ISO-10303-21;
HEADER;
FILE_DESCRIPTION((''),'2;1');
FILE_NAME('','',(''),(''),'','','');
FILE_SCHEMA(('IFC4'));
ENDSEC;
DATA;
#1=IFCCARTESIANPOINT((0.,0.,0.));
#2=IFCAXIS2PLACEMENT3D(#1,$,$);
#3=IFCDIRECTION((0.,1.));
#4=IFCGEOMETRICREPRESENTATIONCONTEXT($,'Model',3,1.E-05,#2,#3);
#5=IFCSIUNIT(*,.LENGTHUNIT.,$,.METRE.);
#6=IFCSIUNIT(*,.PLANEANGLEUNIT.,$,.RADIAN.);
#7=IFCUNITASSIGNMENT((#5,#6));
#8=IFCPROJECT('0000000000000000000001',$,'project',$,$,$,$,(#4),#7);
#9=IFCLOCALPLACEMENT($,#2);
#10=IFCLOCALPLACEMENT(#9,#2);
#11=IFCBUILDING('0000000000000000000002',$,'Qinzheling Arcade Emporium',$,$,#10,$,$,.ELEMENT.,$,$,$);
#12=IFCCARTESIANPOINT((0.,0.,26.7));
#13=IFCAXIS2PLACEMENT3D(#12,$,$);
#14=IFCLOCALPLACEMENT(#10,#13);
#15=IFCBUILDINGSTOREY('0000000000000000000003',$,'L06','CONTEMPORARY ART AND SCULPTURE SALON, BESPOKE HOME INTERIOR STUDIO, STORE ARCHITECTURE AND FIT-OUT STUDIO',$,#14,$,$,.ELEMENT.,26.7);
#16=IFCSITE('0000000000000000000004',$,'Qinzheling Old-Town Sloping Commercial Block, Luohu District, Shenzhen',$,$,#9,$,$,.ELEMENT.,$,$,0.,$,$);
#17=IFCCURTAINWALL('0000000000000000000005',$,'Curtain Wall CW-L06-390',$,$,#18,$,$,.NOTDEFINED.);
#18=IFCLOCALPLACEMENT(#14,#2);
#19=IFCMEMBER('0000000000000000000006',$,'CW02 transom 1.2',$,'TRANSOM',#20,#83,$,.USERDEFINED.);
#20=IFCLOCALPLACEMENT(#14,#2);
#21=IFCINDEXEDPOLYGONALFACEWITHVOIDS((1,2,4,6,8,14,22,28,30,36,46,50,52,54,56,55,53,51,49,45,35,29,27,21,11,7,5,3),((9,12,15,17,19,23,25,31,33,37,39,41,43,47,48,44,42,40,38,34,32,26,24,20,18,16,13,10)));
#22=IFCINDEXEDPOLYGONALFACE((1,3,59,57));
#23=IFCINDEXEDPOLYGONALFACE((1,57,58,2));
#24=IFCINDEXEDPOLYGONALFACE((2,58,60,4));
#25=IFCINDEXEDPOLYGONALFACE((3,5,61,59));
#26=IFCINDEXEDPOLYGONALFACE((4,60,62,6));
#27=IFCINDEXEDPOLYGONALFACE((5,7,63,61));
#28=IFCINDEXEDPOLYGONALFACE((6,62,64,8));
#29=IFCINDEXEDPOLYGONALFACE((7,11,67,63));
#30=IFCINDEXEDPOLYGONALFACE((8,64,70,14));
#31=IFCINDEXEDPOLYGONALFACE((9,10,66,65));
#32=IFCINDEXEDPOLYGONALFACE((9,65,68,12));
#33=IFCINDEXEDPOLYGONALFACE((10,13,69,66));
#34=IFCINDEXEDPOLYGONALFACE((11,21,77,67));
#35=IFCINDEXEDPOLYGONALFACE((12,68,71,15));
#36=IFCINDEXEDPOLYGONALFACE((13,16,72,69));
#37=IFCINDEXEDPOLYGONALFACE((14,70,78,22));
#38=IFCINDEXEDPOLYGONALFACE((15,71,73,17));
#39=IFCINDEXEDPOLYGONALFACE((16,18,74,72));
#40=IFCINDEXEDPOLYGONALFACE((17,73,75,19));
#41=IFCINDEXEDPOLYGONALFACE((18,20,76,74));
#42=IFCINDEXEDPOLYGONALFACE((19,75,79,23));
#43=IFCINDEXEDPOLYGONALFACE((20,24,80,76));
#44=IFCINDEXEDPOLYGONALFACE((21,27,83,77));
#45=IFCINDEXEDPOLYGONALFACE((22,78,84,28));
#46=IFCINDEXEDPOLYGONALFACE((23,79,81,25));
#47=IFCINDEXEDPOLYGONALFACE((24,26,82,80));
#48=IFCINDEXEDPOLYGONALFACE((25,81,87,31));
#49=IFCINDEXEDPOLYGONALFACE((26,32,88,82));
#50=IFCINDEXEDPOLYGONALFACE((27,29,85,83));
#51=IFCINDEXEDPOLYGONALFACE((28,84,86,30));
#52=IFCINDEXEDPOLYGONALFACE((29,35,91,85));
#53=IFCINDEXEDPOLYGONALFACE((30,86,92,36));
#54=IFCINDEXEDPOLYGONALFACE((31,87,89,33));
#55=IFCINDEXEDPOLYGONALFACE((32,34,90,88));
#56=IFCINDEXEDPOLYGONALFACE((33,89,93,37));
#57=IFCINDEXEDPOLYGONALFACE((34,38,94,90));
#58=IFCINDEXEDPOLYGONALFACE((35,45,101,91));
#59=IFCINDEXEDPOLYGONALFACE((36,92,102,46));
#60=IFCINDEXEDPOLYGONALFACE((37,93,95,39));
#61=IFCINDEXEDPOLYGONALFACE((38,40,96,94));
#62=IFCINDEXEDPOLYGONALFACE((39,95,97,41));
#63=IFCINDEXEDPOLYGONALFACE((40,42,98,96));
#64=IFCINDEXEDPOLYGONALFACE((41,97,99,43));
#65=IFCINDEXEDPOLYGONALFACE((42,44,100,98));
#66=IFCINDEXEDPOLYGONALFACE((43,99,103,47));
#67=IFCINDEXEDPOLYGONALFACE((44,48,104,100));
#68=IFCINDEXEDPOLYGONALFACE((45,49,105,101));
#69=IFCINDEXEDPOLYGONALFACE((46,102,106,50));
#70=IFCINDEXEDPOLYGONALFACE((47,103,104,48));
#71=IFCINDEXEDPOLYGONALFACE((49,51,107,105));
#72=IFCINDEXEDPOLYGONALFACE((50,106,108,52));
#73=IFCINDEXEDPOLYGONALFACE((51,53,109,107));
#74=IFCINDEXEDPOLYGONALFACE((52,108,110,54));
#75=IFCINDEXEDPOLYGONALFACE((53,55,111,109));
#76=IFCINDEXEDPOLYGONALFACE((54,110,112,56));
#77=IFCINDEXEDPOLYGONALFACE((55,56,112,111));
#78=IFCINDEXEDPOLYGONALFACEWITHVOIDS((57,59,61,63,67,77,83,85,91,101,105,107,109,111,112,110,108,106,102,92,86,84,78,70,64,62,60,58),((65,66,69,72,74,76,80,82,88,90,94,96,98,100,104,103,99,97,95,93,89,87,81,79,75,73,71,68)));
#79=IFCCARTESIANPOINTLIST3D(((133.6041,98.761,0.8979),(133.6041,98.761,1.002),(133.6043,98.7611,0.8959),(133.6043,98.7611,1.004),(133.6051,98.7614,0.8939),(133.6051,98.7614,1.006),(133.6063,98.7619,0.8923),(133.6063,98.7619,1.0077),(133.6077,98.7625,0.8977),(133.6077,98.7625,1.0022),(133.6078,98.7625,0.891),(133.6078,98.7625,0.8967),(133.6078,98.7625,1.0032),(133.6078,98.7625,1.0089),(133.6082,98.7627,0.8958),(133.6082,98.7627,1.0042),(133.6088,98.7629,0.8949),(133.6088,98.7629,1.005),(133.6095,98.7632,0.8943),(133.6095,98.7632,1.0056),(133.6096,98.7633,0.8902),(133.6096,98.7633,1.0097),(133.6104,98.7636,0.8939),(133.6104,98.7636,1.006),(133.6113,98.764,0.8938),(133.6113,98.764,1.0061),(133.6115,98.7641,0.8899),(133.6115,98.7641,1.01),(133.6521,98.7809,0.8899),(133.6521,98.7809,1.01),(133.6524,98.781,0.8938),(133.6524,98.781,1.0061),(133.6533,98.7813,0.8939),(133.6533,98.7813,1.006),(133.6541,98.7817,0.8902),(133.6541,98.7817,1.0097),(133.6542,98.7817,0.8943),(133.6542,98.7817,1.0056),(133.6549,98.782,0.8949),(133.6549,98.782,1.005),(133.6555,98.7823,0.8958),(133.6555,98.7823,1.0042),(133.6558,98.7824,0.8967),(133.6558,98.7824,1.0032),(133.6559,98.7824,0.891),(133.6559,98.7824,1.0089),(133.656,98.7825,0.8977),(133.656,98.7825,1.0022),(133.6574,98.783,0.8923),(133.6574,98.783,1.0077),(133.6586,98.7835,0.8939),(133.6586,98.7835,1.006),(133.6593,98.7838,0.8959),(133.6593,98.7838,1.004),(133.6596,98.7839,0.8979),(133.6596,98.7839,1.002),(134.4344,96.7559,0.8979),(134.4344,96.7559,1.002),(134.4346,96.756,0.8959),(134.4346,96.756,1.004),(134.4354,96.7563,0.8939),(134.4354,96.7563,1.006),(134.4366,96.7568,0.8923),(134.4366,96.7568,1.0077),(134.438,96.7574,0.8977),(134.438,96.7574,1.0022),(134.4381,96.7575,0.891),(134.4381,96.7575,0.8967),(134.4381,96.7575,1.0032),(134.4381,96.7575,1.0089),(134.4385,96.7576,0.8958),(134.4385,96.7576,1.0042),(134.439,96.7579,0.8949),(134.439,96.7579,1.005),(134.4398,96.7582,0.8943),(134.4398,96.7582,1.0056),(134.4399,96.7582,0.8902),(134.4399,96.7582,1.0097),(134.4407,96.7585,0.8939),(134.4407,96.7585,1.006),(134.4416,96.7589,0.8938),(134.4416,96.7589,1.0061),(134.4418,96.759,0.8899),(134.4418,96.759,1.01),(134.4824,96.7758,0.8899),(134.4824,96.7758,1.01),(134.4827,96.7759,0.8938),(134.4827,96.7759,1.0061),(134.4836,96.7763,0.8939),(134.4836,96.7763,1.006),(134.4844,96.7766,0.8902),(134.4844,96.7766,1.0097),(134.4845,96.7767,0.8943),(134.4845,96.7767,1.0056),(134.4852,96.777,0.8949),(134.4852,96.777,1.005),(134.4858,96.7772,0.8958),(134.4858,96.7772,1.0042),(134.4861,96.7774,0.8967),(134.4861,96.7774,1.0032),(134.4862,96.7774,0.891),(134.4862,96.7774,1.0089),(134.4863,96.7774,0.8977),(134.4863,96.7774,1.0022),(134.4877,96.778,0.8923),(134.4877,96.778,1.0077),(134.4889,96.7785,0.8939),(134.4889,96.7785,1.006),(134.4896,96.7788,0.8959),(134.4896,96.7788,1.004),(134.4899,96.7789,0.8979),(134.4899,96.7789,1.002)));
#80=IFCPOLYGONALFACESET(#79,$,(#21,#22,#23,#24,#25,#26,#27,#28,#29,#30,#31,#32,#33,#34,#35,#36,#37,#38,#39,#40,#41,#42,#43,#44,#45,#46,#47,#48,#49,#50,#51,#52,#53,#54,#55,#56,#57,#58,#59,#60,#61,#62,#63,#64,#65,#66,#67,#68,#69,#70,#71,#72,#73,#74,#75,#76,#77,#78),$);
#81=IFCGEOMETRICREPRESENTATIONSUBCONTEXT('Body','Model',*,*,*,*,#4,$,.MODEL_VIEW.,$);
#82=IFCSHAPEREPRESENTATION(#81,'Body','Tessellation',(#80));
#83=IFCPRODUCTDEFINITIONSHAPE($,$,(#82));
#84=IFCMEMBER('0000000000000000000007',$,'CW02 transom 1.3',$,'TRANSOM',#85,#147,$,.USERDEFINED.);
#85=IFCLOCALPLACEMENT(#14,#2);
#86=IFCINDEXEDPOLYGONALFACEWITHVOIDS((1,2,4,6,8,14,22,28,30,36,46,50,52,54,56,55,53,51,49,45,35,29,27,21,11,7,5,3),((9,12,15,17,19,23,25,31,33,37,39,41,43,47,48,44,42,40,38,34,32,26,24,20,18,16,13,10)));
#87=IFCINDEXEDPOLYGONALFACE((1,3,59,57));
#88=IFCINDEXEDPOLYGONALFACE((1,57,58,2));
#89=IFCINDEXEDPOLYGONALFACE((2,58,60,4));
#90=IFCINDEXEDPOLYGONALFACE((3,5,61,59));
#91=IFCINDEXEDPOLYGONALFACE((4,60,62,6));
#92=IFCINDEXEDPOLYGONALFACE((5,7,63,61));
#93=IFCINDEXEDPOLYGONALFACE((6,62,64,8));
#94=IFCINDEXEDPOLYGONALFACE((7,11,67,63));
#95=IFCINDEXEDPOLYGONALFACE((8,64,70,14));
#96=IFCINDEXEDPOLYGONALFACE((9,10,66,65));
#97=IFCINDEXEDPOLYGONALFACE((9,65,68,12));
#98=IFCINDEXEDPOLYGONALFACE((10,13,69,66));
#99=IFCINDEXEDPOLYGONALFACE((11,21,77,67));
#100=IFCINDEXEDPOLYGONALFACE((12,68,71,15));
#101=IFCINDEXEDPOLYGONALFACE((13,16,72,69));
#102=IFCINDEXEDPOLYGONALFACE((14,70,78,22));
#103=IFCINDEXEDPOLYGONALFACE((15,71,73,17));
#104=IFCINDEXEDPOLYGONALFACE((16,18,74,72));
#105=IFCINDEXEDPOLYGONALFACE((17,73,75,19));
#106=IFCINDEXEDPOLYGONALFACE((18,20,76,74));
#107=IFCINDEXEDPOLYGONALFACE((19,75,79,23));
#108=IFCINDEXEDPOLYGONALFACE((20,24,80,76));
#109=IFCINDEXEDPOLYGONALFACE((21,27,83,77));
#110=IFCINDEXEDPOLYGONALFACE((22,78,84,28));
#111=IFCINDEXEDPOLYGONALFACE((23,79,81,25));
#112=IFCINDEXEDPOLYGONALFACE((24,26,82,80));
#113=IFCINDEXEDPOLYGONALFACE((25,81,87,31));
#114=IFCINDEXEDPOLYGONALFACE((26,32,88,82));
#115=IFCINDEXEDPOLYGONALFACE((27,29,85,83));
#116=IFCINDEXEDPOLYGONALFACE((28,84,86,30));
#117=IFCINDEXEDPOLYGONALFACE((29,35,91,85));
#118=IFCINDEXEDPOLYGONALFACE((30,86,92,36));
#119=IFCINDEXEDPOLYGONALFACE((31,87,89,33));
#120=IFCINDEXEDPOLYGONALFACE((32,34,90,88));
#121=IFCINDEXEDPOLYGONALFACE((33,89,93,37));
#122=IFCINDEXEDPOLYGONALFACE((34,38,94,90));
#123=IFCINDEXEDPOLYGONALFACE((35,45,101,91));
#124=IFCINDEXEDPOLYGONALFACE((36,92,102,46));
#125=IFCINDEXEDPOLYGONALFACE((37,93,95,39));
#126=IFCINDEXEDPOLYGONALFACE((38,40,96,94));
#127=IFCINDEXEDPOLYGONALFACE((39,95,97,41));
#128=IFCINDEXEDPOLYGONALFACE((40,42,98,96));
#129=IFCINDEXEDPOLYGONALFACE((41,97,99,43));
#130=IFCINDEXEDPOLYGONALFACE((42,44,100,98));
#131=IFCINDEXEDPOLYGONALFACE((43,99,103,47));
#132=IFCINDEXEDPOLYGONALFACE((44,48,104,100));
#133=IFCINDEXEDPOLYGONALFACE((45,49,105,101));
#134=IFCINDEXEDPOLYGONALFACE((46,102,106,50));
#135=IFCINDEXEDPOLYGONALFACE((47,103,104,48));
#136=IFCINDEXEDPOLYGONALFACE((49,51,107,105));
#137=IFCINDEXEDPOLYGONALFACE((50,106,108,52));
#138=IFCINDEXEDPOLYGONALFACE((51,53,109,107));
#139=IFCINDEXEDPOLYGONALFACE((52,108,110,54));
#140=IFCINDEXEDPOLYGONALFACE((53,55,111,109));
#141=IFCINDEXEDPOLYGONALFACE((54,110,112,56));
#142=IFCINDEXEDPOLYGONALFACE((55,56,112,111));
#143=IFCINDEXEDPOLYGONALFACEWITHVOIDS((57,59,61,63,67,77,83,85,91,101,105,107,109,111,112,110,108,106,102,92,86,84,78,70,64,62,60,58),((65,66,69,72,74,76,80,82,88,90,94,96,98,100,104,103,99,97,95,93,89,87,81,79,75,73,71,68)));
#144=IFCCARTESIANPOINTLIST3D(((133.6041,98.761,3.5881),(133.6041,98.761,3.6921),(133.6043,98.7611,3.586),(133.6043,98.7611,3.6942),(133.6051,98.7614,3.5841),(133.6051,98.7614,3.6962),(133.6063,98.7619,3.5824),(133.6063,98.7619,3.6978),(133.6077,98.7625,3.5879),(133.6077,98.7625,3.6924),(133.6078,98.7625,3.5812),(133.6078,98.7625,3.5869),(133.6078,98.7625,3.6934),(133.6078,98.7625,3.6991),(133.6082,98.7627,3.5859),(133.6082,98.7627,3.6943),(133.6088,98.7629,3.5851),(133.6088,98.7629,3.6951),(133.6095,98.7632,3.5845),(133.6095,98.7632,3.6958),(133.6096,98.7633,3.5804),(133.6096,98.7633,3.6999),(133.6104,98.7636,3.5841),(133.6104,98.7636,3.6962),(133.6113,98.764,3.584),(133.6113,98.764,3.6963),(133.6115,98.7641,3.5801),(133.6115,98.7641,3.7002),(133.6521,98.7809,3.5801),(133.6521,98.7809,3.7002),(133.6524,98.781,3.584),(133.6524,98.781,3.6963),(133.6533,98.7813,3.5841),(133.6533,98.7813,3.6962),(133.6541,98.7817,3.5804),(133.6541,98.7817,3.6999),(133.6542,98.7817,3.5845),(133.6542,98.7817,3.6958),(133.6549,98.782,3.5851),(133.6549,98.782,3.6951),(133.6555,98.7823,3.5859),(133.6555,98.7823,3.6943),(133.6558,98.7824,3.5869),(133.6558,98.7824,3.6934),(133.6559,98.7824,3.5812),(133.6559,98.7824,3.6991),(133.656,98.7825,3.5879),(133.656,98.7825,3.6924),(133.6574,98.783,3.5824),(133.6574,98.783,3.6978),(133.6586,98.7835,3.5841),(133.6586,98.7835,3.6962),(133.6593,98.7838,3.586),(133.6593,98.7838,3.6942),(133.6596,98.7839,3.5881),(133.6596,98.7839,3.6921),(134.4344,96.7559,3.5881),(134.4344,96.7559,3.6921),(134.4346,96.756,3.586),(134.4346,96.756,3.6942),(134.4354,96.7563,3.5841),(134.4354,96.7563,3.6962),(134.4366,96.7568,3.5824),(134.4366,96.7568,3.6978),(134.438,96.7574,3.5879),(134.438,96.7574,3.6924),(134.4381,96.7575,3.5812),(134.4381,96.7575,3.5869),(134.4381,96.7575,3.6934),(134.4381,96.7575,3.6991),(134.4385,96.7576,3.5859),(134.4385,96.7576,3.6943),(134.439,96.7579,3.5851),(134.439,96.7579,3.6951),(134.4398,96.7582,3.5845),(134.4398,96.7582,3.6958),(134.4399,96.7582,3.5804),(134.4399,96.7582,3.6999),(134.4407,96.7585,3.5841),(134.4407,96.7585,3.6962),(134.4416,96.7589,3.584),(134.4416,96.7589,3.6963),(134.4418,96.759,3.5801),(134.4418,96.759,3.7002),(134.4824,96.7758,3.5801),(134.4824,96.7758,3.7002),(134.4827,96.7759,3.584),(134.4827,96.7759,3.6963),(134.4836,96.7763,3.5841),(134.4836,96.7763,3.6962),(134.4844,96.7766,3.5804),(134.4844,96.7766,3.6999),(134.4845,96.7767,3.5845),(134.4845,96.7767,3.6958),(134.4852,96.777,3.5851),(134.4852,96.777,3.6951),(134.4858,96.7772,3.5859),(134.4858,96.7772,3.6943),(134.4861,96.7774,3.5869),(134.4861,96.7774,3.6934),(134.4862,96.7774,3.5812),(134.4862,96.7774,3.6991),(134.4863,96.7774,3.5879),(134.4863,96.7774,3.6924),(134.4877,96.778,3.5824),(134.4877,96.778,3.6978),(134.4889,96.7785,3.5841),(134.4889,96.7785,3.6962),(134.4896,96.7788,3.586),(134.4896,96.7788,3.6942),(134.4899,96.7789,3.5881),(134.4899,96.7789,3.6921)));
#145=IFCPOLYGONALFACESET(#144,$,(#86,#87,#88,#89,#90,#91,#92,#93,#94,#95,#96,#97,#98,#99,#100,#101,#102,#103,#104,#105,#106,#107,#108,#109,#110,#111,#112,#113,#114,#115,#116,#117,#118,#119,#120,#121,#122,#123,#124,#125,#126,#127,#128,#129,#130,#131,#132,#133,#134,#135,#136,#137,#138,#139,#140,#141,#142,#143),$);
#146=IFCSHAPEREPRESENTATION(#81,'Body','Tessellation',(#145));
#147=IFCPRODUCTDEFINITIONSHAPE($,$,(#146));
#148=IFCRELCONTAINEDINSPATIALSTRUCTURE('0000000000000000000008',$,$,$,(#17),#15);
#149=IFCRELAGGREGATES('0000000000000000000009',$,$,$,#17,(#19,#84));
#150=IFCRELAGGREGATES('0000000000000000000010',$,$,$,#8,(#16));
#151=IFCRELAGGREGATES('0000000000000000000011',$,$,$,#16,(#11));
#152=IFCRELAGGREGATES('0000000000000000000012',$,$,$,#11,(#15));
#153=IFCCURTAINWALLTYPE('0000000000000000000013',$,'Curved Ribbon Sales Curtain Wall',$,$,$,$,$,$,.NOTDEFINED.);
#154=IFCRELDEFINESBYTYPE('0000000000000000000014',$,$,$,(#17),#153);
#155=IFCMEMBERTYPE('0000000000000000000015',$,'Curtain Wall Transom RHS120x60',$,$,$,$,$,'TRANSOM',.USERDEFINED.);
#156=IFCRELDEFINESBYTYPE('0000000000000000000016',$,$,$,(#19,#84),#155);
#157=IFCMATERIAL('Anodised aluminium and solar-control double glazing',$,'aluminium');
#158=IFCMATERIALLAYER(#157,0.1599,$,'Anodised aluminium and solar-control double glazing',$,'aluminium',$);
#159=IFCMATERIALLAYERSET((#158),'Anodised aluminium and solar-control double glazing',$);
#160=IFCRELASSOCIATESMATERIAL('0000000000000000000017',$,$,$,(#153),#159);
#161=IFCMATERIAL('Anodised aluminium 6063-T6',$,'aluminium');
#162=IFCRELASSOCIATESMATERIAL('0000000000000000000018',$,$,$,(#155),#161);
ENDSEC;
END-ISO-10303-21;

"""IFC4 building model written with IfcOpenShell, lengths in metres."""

from ifc_helpers import new_model, si_unit, direction, frame, origin, origin_2d, place, context, subcontext, project, spatial, hollow_rectangle, extrude, material, layer, layer_set, material_profile, profile_set, type_object, element, aggregate, save


model = new_model("IFC4")

# Units and contexts
model_context = context("Model", 3, precision=1e-05, world=origin(), true_north=direction((0.0, 1.0)))
body_context = subcontext(model_context, "Body", "Model", "MODEL_VIEW")
ifc_project = project(units=[si_unit("LENGTHUNIT", "METRE"), si_unit("PLANEANGLEUNIT", "RADIAN")], contexts=[model_context])

# Site, building, storey
site_placement = place(None, origin())
site = spatial("IfcSite", under=ifc_project, at=site_placement, Name="Qinzheling Old-Town Sloping Commercial Block, Luohu District, Shenzhen", CompositionType="ELEMENT", RefElevation=0.0)
building_placement = place(site_placement, origin())
building = spatial("IfcBuilding", under=site, at=building_placement, Name="Qinzheling Arcade Emporium", CompositionType="ELEMENT")
storey_placement = place(building_placement, frame((0.0, 0.0, 26.7)))
storey = spatial("IfcBuildingStorey", under=building, at=storey_placement, Name="L06", Description="CONTEMPORARY ART AND SCULPTURE SALON, BESPOKE HOME INTERIOR STUDIO, STORE ARCHITECTURE AND FIT-OUT STUDIO", CompositionType="ELEMENT", Elevation=26.7)

# Curtain wall
ifc_material_1 = material(Name="Anodised aluminium and solar-control double glazing", Category="aluminium")
ifc_layer_1 = layer(ifc_material_1, 0.1599, Name="Anodised aluminium and solar-control double glazing", Category="aluminium")
ifc_layer_set_1 = layer_set([ifc_layer_1], Name="Anodised aluminium and solar-control double glazing")
curtain_wall_type_1 = type_object("IfcCurtainWallType", Name="Curved Ribbon Sales Curtain Wall", PredefinedType="NOTDEFINED", material=ifc_layer_set_1)
curtain_wall_1_placement = place(storey_placement, origin())
curtain_wall_1 = element("IfcCurtainWall", 1, at=curtain_wall_1_placement, inside=storey, type_object=curtain_wall_type_1, Name="Curtain Wall CW-L06-390", PredefinedType="NOTDEFINED")
ifc_material_2 = material(Name="Anodised aluminium 6063-T6", Category="aluminium")

# Members
ifc_material_profile_1 = material_profile(ifc_material_2, hollow_rectangle(XDim=0.0601, YDim=0.1201, WallThickness=0.0039, InnerFilletRadius=0.0039, OuterFilletRadius=0.0081, at=origin_2d()), Name="RHS 120x60x4", Category="aluminium")
ifc_profile_set_1 = profile_set([ifc_material_profile_1], Name="Anodised aluminium 6063-T6")
member_type_1 = type_object("IfcMemberType", Name="Curtain Wall Transom RHS120x60", ElementType="TRANSOM", PredefinedType="USERDEFINED", material=ifc_profile_set_1)
member_1_placement = place(storey_placement, frame((133.6318, 98.7725, 0.95), z_axis=(0.382594, -0.923917, 0.0), x_axis=(0.923917, 0.382594, 0.0)))
member_1 = element("IfcMember", 2, at=member_1_placement, type_object=member_type_1, Name="CW02 transom 1.2", ObjectType="TRANSOM", PredefinedType="USERDEFINED", context=body_context, shape_type="SweptSolid", body=[
    extrude(hollow_rectangle(XDim=0.0601, YDim=0.1201, WallThickness=0.0039, InnerFilletRadius=0.0039, OuterFilletRadius=0.0081, at=origin_2d()), origin(), (0.0, 0.0, 1.0), 2.1702),
])
member_2_placement = place(storey_placement, frame((133.6318, 98.7725, 3.6401), z_axis=(0.382594, -0.923917, 0.0), x_axis=(0.923917, 0.382594, 0.0)))
member_2 = element("IfcMember", 3, at=member_2_placement, type_object=member_type_1, Name="CW02 transom 1.3", ObjectType="TRANSOM", PredefinedType="USERDEFINED", context=body_context, shape_type="SweptSolid", body=[
    extrude(hollow_rectangle(XDim=0.0601, YDim=0.1201, WallThickness=0.0039, InnerFilletRadius=0.0039, OuterFilletRadius=0.0081, at=origin_2d()), origin(), (0.0, 0.0, 1.0), 2.1702),
])

aggregate(curtain_wall_1, [member_1, member_2])

save(model, "model.ifc")
